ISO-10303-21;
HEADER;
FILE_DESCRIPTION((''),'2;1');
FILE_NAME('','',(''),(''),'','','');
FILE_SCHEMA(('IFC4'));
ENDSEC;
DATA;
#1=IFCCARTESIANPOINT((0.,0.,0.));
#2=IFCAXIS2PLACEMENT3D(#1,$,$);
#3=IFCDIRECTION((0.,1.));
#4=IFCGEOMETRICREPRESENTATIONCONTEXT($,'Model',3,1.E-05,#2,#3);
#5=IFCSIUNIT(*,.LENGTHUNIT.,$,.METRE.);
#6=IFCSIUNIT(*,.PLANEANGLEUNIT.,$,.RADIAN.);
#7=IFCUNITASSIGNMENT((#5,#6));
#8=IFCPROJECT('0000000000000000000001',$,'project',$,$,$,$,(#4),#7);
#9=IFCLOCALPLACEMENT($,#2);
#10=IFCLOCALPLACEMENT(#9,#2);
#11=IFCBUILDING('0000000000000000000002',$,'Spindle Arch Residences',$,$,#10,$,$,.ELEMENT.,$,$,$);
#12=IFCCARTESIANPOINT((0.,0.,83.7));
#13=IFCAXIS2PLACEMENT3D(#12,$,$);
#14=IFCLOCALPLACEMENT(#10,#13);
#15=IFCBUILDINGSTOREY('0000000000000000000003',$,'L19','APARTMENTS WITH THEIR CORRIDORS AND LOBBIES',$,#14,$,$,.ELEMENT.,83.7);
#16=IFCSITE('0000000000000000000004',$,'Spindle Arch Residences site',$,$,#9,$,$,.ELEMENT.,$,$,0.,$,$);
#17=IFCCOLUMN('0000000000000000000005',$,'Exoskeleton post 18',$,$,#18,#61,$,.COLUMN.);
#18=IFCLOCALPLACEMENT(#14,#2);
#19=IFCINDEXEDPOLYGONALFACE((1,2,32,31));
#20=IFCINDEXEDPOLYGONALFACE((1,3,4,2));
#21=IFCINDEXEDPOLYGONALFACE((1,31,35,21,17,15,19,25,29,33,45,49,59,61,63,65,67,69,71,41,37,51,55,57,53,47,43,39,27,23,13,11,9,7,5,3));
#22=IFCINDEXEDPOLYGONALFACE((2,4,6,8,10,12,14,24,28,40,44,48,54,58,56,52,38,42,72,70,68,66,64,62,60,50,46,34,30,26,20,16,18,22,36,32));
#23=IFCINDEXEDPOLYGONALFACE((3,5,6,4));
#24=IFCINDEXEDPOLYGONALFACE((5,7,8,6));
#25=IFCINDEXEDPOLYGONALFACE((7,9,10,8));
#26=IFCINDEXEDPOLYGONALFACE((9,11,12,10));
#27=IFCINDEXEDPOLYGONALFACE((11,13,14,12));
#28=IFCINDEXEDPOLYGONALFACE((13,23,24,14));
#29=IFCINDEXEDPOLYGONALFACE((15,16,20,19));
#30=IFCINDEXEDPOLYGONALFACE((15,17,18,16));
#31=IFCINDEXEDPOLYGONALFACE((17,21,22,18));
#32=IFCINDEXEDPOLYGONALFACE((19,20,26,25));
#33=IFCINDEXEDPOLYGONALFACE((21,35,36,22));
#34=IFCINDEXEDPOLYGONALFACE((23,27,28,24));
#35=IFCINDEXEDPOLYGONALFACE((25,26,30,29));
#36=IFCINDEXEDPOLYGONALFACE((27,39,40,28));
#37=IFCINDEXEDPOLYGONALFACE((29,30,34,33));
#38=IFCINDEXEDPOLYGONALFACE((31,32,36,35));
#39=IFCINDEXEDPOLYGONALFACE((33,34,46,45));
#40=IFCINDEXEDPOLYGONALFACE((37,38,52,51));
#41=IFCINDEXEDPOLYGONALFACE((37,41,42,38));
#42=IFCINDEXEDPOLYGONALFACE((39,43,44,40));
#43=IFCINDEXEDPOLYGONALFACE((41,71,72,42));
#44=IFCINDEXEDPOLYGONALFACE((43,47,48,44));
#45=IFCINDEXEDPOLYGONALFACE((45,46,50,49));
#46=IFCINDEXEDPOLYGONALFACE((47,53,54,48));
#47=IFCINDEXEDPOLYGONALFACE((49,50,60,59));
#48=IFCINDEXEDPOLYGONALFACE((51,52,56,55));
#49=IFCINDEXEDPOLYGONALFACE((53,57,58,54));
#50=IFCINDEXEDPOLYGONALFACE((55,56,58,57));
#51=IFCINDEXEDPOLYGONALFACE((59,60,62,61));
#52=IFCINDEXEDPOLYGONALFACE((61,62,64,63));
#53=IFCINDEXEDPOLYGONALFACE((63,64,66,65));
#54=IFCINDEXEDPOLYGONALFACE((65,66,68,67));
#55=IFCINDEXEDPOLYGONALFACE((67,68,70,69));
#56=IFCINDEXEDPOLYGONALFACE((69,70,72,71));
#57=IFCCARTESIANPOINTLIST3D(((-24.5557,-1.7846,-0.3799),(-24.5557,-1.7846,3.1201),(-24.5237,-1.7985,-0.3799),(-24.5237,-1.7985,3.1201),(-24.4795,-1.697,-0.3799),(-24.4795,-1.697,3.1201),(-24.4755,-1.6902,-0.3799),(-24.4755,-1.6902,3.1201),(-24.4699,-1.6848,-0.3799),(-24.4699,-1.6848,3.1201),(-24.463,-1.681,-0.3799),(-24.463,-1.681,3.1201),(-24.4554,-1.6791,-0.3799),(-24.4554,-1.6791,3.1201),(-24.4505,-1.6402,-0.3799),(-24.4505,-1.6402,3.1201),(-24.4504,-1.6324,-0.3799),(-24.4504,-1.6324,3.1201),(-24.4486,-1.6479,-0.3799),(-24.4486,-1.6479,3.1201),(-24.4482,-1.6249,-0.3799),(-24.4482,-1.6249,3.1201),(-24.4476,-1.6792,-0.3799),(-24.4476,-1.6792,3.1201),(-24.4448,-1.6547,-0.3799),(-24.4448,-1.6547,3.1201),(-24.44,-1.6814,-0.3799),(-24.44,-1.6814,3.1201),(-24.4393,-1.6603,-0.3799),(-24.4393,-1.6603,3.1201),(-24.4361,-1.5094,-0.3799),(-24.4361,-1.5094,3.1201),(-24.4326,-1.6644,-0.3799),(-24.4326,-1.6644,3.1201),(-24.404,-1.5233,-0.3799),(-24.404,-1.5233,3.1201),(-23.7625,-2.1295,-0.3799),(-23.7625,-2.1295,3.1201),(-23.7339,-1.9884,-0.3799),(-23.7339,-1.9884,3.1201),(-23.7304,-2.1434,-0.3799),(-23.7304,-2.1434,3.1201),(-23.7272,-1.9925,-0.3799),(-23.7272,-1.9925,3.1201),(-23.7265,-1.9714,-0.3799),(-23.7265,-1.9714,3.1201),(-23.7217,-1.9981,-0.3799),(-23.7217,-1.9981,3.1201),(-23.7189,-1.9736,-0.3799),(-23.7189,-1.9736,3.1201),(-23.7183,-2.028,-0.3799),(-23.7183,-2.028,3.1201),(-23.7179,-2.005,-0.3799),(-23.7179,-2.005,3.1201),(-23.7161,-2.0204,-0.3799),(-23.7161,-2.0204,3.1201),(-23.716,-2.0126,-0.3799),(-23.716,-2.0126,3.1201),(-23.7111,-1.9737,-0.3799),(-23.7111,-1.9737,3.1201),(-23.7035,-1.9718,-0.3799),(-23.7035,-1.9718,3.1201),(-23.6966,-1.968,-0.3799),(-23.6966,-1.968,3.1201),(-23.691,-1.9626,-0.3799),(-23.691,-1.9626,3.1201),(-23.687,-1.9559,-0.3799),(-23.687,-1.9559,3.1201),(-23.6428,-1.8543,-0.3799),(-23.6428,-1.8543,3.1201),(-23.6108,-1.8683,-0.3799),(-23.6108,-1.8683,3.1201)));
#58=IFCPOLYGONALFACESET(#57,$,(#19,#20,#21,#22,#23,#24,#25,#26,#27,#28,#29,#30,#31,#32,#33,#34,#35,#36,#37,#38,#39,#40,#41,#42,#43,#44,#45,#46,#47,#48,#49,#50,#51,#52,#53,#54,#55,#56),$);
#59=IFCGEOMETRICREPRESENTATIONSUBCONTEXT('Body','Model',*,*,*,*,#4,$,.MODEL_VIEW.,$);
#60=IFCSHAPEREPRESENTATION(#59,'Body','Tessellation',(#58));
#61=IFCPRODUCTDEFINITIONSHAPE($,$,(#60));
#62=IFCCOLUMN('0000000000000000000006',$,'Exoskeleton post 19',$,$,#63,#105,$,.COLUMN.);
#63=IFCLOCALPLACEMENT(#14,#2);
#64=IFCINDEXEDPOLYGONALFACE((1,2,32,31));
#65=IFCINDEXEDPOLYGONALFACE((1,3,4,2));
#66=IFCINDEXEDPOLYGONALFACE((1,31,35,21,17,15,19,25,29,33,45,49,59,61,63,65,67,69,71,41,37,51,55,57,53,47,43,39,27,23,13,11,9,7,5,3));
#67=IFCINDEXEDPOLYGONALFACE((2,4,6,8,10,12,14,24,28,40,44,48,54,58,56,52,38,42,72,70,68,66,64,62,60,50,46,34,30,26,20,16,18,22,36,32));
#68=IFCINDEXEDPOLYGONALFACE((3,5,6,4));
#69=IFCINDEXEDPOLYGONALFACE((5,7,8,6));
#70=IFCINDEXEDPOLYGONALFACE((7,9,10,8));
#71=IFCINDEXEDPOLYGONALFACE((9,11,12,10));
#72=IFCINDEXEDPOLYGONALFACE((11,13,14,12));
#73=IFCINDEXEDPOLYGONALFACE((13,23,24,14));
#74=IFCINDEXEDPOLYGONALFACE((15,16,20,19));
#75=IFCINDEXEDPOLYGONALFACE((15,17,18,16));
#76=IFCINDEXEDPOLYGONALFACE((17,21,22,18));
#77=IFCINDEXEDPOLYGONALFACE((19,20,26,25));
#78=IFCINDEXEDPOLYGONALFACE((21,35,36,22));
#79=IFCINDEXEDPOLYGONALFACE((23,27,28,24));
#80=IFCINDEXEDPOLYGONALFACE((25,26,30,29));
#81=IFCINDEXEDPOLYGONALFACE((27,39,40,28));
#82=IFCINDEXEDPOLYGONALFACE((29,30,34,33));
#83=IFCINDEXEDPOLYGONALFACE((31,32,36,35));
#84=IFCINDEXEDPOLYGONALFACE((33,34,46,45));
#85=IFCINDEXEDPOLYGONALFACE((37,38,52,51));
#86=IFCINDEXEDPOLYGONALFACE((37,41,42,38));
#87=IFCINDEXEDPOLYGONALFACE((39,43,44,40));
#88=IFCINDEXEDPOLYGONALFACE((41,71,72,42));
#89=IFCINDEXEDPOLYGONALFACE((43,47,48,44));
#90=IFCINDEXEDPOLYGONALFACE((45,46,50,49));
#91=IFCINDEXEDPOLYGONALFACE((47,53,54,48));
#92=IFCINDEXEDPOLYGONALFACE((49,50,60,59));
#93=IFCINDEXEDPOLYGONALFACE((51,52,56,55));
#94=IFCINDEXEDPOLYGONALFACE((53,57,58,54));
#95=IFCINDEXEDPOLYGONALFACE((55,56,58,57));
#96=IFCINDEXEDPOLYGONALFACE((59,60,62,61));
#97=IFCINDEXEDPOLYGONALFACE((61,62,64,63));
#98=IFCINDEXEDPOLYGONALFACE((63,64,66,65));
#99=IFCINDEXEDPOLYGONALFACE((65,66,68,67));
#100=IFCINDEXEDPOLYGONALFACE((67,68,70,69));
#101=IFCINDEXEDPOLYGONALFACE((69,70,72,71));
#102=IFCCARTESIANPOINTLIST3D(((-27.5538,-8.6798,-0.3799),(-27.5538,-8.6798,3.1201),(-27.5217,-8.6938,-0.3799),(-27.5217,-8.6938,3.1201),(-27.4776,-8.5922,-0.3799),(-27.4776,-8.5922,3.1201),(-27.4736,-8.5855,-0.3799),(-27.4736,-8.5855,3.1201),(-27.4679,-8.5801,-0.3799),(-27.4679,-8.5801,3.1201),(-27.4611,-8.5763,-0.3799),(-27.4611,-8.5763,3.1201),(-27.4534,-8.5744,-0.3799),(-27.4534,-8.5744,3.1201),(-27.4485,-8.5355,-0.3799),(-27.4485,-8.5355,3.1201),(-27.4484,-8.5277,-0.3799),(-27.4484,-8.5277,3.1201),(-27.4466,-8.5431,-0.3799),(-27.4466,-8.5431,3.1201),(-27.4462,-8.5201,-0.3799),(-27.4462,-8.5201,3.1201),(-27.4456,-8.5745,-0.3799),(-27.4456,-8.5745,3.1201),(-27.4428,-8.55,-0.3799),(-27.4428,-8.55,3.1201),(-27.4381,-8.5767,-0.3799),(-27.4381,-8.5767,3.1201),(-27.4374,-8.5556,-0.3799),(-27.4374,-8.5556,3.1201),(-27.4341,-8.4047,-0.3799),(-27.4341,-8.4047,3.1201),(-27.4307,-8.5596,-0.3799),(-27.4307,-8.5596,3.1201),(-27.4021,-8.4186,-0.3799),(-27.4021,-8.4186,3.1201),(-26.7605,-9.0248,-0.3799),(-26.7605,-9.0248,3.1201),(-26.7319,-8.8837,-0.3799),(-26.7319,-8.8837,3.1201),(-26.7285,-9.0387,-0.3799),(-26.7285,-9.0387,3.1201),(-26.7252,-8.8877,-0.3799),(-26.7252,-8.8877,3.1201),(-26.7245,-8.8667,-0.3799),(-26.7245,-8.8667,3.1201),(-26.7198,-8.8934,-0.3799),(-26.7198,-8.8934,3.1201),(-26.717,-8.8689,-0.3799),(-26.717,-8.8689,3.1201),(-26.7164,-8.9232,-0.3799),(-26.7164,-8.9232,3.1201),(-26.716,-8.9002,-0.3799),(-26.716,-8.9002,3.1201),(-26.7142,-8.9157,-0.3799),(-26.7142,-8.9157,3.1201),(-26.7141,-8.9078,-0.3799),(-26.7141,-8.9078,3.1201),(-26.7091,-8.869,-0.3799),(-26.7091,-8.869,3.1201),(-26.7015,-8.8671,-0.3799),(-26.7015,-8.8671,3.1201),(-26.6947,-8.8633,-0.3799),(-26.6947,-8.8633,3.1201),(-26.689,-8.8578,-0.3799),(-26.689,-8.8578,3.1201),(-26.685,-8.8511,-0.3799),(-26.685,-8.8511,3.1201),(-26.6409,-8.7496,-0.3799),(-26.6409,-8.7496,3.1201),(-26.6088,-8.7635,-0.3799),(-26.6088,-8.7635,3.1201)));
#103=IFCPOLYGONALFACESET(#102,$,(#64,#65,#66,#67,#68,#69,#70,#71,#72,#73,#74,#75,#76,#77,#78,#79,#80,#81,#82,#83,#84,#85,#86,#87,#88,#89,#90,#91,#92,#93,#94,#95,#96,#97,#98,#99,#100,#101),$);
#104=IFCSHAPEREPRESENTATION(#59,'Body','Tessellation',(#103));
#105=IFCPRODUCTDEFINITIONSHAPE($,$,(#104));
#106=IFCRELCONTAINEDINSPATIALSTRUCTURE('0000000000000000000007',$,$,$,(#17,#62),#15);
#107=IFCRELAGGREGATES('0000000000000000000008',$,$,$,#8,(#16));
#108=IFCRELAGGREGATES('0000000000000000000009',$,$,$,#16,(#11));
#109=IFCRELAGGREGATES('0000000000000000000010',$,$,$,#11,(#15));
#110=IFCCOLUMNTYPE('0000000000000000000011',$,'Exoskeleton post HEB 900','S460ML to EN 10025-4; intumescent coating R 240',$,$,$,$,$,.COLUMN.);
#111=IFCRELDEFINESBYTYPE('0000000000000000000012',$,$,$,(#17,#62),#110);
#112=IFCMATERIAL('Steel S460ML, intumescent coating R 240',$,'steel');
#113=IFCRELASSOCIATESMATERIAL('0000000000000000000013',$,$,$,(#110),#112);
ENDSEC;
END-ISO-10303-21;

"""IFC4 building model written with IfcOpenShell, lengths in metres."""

from ifc_helpers import new_model, si_unit, direction, frame, origin, origin_2d, place, context, subcontext, project, spatial, i_section, extrude, material, material_profile, profile_set, type_object, element, save


model = new_model("IFC4")

# Units and contexts
model_context = context("Model", 3, precision=1e-05, world=origin(), true_north=direction((0.0, 1.0)))
body_context = subcontext(model_context, "Body", "Model", "MODEL_VIEW")
ifc_project = project(units=[si_unit("LENGTHUNIT", "METRE"), si_unit("PLANEANGLEUNIT", "RADIAN")], contexts=[model_context])

# Site, building, storey
site_placement = place(None, origin())
site = spatial("IfcSite", under=ifc_project, at=site_placement, Name="Spindle Arch Residences site", CompositionType="ELEMENT", RefElevation=0.0)
building_placement = place(site_placement, origin())
building = spatial("IfcBuilding", under=site, at=building_placement, Name="Spindle Arch Residences", CompositionType="ELEMENT")
storey_placement = place(building_placement, frame((0.0, 0.0, 83.7)))
storey = spatial("IfcBuildingStorey", under=building, at=storey_placement, Name="L19", Description="APARTMENTS WITH THEIR CORRIDORS AND LOBBIES", CompositionType="ELEMENT", Elevation=83.7)

# Columns
ifc_material_1 = material(Name="Steel S460ML, intumescent coating R 240", Category="steel")
ifc_material_profile_1 = material_profile(ifc_material_1, i_section(OverallWidth=0.3, OverallDepth=0.8999, WebThickness=0.0186, FlangeThickness=0.0349, FilletRadius=0.03, at=origin_2d()), Name="HEB 900")
ifc_profile_set_1 = profile_set([ifc_material_profile_1], Name="Steel S460ML, intumescent coating R 240")
column_type_1 = type_object("IfcColumnType", Name="Exoskeleton post HEB 900", Description="S460ML to EN 10025-4; intumescent coating R 240", PredefinedType="COLUMN", material=ifc_profile_set_1)
for number, where, z_axis, x_axis, name in (
    (1, (-24.0833, -1.8264, -0.3799), (0.0, 0.0, 1.0), (0.398749, 0.91706, 0.0), "Exoskeleton post 18"),
    (2, (-27.0813, -8.7217, -0.3799), (0.0, 0.0, 1.0), (0.398749, 0.91706, 0.0), "Exoskeleton post 19"),
):
    element("IfcColumn", number, at=place(storey_placement, frame(where, z_axis=z_axis, x_axis=x_axis)), inside=storey, type_object=column_type_1, Name=name, PredefinedType="COLUMN", context=body_context, shape_type="SweptSolid", body=[
        extrude(i_section(OverallWidth=0.3, OverallDepth=0.8999, WebThickness=0.0186, FlangeThickness=0.0349, FilletRadius=0.03, at=origin_2d()), origin(), (0.0, 0.0, 1.0), 3.5),
    ])

save(model, "model.ifc")
